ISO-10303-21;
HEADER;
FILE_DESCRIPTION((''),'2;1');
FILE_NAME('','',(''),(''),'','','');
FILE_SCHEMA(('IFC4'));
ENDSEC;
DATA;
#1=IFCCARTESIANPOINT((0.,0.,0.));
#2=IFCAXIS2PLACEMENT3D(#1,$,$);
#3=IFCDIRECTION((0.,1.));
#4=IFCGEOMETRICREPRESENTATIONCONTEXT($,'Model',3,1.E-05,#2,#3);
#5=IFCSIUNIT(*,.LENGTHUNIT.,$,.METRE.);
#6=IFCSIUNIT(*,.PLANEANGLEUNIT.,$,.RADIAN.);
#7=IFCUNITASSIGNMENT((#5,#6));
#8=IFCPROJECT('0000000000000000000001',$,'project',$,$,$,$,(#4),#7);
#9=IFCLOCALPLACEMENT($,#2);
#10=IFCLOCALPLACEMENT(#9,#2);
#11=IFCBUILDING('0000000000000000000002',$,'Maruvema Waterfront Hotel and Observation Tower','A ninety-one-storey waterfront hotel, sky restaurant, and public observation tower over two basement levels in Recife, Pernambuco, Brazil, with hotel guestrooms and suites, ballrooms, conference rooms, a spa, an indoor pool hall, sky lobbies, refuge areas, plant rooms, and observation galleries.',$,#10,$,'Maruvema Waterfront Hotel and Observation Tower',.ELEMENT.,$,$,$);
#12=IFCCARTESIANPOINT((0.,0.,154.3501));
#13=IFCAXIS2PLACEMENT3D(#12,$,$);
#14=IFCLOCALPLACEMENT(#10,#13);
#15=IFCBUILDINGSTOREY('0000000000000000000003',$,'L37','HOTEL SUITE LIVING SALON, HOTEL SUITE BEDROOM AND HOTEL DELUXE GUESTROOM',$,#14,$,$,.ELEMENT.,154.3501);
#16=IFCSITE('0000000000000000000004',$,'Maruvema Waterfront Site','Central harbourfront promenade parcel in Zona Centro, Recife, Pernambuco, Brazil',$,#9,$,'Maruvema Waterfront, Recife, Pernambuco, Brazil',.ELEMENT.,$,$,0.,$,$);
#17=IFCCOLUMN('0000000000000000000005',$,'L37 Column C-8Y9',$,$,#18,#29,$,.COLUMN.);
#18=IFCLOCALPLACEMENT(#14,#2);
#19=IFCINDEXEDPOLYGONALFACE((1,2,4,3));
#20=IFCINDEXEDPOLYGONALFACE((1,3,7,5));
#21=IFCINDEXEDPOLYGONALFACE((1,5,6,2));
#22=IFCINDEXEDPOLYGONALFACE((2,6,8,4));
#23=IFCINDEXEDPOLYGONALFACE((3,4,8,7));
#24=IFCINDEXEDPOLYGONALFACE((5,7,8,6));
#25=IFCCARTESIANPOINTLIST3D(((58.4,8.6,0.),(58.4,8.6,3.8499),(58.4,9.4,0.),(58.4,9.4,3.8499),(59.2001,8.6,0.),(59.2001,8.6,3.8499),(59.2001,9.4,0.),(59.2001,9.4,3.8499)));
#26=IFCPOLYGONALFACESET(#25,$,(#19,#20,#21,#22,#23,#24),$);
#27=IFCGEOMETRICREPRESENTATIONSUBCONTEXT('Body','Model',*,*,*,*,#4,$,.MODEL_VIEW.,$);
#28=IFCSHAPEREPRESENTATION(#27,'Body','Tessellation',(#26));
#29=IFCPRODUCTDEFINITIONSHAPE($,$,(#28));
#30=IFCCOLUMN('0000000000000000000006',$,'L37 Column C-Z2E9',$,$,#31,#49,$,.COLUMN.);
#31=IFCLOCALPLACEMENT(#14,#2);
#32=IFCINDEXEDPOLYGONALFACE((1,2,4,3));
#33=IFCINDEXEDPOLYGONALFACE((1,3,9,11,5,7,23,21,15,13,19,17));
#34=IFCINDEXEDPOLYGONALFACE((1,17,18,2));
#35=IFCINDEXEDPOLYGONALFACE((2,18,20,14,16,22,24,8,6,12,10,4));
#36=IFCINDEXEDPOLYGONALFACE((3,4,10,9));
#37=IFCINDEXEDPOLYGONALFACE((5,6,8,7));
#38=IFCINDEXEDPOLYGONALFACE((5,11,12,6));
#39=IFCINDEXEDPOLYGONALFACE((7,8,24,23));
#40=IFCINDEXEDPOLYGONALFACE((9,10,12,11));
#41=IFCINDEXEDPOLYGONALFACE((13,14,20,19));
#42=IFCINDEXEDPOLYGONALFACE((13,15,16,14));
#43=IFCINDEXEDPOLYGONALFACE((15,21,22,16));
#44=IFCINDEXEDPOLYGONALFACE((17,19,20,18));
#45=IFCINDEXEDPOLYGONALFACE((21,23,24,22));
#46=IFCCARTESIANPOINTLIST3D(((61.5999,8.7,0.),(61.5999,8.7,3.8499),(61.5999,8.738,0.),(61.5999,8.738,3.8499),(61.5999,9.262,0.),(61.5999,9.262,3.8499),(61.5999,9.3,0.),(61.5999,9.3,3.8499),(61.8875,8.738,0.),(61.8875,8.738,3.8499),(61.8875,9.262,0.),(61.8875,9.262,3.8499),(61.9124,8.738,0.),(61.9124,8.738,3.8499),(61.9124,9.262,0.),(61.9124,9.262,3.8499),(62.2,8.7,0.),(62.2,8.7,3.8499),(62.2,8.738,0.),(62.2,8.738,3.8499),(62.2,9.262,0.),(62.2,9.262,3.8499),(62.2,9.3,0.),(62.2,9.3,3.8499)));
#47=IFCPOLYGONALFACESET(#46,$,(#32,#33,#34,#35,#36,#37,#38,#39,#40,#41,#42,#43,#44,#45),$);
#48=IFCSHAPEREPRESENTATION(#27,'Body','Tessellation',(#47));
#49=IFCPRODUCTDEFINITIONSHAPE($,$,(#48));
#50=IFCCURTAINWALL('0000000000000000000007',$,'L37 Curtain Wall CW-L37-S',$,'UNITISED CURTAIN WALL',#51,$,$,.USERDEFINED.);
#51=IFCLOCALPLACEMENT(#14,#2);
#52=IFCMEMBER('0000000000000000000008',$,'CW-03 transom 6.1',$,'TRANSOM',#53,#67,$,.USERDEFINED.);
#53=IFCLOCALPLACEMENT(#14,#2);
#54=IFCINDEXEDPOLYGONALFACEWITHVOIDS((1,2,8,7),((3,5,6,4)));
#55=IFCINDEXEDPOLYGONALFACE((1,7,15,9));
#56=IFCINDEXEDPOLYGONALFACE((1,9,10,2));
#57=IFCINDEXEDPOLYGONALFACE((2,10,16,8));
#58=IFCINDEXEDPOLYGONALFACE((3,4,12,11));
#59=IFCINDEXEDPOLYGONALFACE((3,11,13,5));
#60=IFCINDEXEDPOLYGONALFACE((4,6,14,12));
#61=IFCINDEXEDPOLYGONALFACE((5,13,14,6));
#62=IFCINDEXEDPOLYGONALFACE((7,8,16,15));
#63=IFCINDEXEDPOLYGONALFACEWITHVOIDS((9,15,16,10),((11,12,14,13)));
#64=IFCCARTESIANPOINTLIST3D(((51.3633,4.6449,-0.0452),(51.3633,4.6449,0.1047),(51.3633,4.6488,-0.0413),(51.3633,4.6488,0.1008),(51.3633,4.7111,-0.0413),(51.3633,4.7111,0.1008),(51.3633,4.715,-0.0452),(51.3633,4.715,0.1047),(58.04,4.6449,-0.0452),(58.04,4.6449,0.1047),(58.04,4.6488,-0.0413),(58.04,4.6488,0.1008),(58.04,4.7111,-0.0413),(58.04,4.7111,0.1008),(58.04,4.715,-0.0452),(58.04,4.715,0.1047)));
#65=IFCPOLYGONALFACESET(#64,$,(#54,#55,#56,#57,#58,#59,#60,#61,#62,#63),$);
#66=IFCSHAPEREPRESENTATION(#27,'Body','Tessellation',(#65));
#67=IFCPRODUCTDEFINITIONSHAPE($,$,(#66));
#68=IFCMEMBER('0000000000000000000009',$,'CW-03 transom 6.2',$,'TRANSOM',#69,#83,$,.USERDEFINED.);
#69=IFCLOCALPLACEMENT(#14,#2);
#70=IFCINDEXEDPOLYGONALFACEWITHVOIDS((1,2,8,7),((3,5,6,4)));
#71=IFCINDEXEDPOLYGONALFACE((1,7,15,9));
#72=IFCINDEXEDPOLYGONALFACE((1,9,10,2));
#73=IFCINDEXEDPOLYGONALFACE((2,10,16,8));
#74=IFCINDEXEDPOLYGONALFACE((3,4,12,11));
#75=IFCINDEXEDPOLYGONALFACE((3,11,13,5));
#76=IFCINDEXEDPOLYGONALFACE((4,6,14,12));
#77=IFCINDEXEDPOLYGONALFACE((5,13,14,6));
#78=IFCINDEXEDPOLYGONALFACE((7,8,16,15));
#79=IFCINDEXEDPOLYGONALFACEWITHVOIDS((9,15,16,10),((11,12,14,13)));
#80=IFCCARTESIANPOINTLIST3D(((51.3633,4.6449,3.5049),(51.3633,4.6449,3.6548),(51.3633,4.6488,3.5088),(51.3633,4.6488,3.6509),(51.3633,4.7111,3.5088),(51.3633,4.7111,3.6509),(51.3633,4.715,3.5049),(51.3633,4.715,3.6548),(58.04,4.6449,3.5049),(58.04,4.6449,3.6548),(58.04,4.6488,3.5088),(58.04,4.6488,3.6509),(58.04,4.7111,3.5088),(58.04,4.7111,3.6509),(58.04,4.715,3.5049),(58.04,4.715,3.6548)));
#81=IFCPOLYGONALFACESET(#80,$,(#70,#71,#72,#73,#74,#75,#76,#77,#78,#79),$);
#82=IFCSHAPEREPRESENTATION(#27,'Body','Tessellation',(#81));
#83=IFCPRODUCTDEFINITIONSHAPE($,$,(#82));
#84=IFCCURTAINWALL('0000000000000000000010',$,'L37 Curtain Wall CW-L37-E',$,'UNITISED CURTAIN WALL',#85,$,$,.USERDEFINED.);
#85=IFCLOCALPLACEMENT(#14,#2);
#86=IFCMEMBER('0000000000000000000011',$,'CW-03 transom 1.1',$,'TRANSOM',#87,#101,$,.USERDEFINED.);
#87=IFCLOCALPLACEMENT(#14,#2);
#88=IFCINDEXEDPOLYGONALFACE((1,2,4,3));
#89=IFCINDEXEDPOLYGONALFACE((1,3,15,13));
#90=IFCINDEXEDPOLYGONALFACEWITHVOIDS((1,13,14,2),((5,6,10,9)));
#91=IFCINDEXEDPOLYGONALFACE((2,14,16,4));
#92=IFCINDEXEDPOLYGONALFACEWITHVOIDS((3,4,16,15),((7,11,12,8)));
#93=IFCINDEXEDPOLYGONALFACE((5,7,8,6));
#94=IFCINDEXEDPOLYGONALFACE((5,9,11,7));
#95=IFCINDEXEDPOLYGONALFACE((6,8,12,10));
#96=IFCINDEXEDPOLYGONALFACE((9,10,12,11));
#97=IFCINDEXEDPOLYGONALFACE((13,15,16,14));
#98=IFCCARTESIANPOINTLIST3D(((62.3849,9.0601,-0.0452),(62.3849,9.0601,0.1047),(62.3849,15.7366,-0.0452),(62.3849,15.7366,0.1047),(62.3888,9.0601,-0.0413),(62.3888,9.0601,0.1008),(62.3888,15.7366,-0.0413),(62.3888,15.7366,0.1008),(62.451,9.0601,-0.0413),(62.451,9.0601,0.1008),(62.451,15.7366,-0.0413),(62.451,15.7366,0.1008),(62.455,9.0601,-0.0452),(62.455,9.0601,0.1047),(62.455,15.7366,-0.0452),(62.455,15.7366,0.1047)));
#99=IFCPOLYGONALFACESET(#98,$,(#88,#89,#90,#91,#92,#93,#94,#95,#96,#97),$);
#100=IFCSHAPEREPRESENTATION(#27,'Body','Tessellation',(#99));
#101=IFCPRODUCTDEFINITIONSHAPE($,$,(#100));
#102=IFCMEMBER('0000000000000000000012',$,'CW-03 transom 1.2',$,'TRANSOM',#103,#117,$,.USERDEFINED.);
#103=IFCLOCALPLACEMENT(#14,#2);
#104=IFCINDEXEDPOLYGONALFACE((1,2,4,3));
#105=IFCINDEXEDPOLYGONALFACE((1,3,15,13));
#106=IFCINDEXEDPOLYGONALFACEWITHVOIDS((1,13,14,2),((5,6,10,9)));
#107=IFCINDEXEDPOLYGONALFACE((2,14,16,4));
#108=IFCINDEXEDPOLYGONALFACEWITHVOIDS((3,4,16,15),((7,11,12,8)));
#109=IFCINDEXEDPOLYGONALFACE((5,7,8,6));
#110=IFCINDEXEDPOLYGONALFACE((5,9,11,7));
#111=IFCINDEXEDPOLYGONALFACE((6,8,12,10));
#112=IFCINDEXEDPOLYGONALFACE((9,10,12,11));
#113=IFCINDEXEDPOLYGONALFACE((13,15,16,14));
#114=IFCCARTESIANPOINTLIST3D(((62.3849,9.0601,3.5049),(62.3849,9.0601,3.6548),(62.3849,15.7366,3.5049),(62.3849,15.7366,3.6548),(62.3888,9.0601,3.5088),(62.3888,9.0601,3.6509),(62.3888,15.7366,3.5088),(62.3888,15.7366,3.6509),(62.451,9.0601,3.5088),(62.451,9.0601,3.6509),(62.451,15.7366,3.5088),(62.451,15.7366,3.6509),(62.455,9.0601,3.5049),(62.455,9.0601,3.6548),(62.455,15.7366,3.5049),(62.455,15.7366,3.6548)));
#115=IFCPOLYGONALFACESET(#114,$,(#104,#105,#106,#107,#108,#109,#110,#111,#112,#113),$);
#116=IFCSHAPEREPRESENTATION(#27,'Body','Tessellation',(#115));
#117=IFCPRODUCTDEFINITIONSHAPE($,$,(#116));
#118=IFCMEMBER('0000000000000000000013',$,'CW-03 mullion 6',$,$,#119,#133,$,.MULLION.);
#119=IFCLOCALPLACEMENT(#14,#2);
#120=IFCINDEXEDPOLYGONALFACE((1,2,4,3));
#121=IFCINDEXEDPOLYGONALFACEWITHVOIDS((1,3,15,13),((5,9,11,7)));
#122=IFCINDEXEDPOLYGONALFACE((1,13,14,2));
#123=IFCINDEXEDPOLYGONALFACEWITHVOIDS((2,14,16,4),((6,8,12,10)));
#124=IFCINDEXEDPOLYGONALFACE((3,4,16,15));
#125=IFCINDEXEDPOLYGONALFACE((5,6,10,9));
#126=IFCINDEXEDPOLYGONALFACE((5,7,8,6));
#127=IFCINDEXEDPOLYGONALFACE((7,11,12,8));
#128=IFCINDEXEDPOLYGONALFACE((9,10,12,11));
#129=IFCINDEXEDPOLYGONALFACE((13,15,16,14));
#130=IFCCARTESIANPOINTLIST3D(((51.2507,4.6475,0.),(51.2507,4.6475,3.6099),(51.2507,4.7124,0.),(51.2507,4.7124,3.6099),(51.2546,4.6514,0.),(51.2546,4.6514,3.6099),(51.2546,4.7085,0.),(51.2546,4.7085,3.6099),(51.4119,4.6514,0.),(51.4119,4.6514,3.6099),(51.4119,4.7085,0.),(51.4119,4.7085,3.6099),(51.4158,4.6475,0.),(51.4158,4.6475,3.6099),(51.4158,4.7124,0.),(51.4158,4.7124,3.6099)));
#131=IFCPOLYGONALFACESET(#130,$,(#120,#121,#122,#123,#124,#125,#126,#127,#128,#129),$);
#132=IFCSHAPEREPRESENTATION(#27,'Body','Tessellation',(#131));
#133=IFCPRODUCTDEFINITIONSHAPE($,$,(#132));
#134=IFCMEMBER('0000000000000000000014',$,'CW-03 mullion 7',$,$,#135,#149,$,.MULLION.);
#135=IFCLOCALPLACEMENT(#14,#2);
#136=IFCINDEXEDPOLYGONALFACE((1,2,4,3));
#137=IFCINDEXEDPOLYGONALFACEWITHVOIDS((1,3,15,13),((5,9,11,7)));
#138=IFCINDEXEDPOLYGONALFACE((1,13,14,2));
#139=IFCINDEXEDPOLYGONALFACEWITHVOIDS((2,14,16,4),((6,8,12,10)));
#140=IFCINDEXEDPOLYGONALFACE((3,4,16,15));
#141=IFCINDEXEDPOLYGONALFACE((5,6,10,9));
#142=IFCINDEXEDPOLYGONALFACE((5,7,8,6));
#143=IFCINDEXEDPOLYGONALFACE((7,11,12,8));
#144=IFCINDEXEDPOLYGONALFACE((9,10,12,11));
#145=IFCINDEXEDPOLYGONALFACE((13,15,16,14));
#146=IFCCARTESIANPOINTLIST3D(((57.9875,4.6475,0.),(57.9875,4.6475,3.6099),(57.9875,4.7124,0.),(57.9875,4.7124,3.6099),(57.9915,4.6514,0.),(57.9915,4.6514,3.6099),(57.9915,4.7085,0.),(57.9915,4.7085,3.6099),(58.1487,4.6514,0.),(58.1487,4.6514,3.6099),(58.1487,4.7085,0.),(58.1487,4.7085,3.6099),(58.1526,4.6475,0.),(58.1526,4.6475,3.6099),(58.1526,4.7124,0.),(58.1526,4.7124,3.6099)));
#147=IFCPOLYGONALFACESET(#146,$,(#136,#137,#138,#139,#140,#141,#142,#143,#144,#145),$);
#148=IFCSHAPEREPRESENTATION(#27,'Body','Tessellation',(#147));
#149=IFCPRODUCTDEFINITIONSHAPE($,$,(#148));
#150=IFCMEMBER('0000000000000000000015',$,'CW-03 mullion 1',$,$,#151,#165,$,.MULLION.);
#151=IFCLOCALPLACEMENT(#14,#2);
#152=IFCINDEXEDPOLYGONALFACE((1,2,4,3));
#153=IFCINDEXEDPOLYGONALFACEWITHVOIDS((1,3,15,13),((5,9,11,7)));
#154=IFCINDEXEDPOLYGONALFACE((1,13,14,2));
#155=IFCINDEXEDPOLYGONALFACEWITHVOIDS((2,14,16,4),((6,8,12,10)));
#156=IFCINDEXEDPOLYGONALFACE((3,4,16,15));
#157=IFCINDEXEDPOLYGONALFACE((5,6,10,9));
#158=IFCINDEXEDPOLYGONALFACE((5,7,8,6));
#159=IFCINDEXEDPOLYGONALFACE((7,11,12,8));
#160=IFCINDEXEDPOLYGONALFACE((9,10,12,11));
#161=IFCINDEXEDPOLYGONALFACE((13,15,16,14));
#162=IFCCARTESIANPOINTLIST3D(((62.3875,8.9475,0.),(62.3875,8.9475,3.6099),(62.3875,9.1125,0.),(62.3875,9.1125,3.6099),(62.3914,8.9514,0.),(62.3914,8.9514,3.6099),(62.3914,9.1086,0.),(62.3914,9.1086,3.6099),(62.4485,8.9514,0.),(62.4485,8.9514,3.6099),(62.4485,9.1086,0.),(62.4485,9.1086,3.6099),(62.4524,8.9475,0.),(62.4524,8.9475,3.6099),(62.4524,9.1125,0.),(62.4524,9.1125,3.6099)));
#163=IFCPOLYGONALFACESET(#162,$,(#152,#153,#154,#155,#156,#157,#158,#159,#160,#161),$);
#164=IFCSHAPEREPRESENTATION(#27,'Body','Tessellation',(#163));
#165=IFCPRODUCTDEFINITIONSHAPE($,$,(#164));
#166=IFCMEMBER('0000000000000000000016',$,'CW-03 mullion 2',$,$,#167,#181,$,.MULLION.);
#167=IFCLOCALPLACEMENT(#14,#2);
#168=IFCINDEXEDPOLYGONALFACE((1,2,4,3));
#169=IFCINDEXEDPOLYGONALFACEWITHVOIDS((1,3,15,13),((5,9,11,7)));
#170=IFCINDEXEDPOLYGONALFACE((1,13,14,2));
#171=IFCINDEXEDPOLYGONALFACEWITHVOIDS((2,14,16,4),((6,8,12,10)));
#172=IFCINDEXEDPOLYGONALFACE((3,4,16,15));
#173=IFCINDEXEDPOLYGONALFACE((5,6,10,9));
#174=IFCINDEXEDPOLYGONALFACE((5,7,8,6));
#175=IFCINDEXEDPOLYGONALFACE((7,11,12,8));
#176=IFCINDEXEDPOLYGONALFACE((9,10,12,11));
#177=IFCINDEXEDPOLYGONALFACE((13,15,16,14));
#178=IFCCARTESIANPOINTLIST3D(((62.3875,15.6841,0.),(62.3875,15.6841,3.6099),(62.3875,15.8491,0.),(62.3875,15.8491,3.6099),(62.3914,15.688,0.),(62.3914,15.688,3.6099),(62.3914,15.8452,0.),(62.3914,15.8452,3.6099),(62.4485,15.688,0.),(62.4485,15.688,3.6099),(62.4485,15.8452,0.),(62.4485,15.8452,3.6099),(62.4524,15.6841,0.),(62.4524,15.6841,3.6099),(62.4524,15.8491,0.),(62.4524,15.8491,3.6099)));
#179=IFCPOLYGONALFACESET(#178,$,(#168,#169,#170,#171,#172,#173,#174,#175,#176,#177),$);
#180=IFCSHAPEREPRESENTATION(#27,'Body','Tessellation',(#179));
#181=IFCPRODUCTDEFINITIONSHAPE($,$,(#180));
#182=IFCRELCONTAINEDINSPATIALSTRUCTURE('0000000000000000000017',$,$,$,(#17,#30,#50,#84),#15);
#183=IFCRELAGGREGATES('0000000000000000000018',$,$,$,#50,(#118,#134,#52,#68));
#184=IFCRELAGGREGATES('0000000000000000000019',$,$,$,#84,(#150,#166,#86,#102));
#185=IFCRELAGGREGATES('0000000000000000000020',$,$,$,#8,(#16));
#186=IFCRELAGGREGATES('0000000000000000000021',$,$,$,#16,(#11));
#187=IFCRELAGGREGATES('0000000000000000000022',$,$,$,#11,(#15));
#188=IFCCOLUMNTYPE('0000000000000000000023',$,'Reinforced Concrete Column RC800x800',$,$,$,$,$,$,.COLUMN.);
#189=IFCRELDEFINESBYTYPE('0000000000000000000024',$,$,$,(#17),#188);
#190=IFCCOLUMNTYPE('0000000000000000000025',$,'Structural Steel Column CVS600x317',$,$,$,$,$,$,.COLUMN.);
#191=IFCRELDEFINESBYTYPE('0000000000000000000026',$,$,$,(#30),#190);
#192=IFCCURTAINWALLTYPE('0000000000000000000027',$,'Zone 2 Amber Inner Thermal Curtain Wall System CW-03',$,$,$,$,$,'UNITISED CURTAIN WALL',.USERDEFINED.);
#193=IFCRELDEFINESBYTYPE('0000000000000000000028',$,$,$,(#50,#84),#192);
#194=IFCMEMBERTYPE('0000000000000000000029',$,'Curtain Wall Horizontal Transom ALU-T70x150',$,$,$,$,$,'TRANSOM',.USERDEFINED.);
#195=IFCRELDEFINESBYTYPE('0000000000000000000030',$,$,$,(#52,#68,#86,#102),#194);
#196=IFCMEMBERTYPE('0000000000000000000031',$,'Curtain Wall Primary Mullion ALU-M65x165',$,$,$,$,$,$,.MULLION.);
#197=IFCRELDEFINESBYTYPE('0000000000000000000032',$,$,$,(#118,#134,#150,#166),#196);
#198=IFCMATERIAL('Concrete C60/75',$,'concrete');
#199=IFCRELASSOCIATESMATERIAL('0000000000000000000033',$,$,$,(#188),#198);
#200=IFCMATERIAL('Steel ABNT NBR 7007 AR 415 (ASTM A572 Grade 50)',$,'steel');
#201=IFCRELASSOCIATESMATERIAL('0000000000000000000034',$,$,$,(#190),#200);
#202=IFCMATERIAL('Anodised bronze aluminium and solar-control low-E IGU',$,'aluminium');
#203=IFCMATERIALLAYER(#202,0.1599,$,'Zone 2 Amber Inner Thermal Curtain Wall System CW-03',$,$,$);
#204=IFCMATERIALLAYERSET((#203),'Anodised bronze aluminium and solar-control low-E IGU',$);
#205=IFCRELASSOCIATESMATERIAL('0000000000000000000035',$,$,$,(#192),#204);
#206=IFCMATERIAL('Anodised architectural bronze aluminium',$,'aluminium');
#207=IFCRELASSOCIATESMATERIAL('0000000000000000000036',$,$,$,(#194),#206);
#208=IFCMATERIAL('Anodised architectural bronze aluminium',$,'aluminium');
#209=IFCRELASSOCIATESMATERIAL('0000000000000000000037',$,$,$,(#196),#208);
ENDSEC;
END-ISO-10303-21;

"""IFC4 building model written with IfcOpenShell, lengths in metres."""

from ifc_helpers import new_model, si_unit, direction, frame, origin, origin_2d, place, context, subcontext, project, spatial, rectangle, hollow_rectangle, i_section, extrude, material, layer, layer_set, material_profile, profile_set, type_object, element, aggregate, save


model = new_model("IFC4")

# Units and contexts
model_context = context("Model", 3, precision=1e-05, world=origin(), true_north=direction((0.0, 1.0)))
body_context = subcontext(model_context, "Body", "Model", "MODEL_VIEW")
ifc_project = project(units=[si_unit("LENGTHUNIT", "METRE"), si_unit("PLANEANGLEUNIT", "RADIAN")], contexts=[model_context])

# Site, building, storey
site_placement = place(None, origin())
site = spatial("IfcSite", under=ifc_project, at=site_placement, Name="Maruvema Waterfront Site", Description="Central harbourfront promenade parcel in Zona Centro, Recife, Pernambuco, Brazil", LongName="Maruvema Waterfront, Recife, Pernambuco, Brazil", CompositionType="ELEMENT", RefElevation=0.0)
building_placement = place(site_placement, origin())
building = spatial("IfcBuilding", under=site, at=building_placement, Name="Maruvema Waterfront Hotel and Observation Tower", Description="A ninety-one-storey waterfront hotel, sky restaurant, and public observation tower over two basement levels in Recife, Pernambuco, Brazil, with hotel guestrooms and suites, ballrooms, conference rooms, a spa, an indoor pool hall, sky lobbies, refuge areas, plant rooms, and observation galleries.", LongName="Maruvema Waterfront Hotel and Observation Tower", CompositionType="ELEMENT")
storey_placement = place(building_placement, frame((0.0, 0.0, 154.3501)))
storey = spatial("IfcBuildingStorey", under=building, at=storey_placement, Name="L37", Description="HOTEL SUITE LIVING SALON, HOTEL SUITE BEDROOM AND HOTEL DELUXE GUESTROOM", CompositionType="ELEMENT", Elevation=154.3501)

# Columns
ifc_material_1 = material(Name="Concrete C60/75", Category="concrete")
ifc_material_profile_1 = material_profile(ifc_material_1, rectangle(XDim=0.8, YDim=0.8, at=origin_2d()), Name="RC800x800")
ifc_profile_set_1 = profile_set([ifc_material_profile_1], Name="Concrete C60/75")
column_type_1 = type_object("IfcColumnType", Name="Reinforced Concrete Column RC800x800", PredefinedType="COLUMN", material=ifc_profile_set_1)
column_1_placement = place(storey_placement, frame((58.8, 9.0, 0.0), z_axis=(0.0, 0.0, 1.0), x_axis=(1.0, 0.0, 0.0)))
element("IfcColumn", 1, at=column_1_placement, inside=storey, type_object=column_type_1, Name="L37 Column C-8Y9", PredefinedType="COLUMN", context=body_context, shape_type="SweptSolid", body=[
    extrude(rectangle(XDim=0.8, YDim=0.8, at=origin_2d()), origin(), (0.0, 0.0, 1.0), 3.8499),
])
ifc_material_2 = material(Name="Steel ABNT NBR 7007 AR 415 (ASTM A572 Grade 50)", Category="steel")
ifc_material_profile_2 = material_profile(ifc_material_2, i_section(OverallWidth=0.6001, OverallDepth=0.6001, WebThickness=0.0249, FlangeThickness=0.0381, at=origin_2d()), Name="CVS600x317")
ifc_profile_set_2 = profile_set([ifc_material_profile_2], Name="Steel ABNT NBR 7007 AR 415 (ASTM A572 Grade 50)")
column_type_2 = type_object("IfcColumnType", Name="Structural Steel Column CVS600x317", PredefinedType="COLUMN", material=ifc_profile_set_2)
column_2_placement = place(storey_placement, frame((61.8999, 9.0, 0.0), z_axis=(0.0, 0.0, 1.0), x_axis=(1.0, 0.0, 0.0)))
element("IfcColumn", 2, at=column_2_placement, inside=storey, type_object=column_type_2, Name="L37 Column C-Z2E9", PredefinedType="COLUMN", context=body_context, shape_type="SweptSolid", body=[
    extrude(i_section(OverallWidth=0.6001, OverallDepth=0.6001, WebThickness=0.0249, FlangeThickness=0.0381, at=origin_2d()), origin(), (0.0, 0.0, 1.0), 3.8499),
])

# Curtain walls, members
ifc_material_3 = material(Name="Anodised bronze aluminium and solar-control low-E IGU", Category="aluminium")
ifc_layer_1 = layer(ifc_material_3, 0.1599, Name="Zone 2 Amber Inner Thermal Curtain Wall System CW-03")
ifc_layer_set_1 = layer_set([ifc_layer_1], Name="Anodised bronze aluminium and solar-control low-E IGU")
curtain_wall_type = type_object("IfcCurtainWallType", Name="Zone 2 Amber Inner Thermal Curtain Wall System CW-03", ElementType="UNITISED CURTAIN WALL", PredefinedType="USERDEFINED", material=ifc_layer_set_1)
curtain_wall_1_placement = place(storey_placement, origin())
curtain_wall_1 = element("IfcCurtainWall", 3, at=curtain_wall_1_placement, inside=storey, type_object=curtain_wall_type, Name="L37 Curtain Wall CW-L37-S", ObjectType="UNITISED CURTAIN WALL", PredefinedType="USERDEFINED")
ifc_material_4 = material(Name="Anodised architectural bronze aluminium", Category="aluminium")
ifc_material_profile_3 = material_profile(ifc_material_4, hollow_rectangle(XDim=0.0701, YDim=0.1499, WallThickness=0.0039, at=origin_2d()), Name="ALU-T70x150")
ifc_profile_set_3 = profile_set([ifc_material_profile_3], Name="Anodised architectural bronze aluminium")
member_type_1 = type_object("IfcMemberType", Name="Curtain Wall Horizontal Transom ALU-T70x150", ElementType="TRANSOM", PredefinedType="USERDEFINED", material=ifc_profile_set_3)
member_1_placement = place(storey_placement, frame((51.3633, 4.6799, 0.0298), z_axis=(1.0, 0.0, 0.0), x_axis=(0.0, 1.0, 0.0)))
member_1 = element("IfcMember", 4, at=member_1_placement, type_object=member_type_1, Name="CW-03 transom 6.1", ObjectType="TRANSOM", PredefinedType="USERDEFINED", context=body_context, shape_type="SweptSolid", body=[
    extrude(hollow_rectangle(XDim=0.0701, YDim=0.1499, WallThickness=0.0039, at=origin_2d()), origin(), (0.0, 0.0, 1.0), 6.6768),
])
member_2_placement = place(storey_placement, frame((51.3633, 4.6799, 3.5798), z_axis=(1.0, 0.0, 0.0), x_axis=(0.0, 1.0, 0.0)))
member_2 = element("IfcMember", 5, at=member_2_placement, type_object=member_type_1, Name="CW-03 transom 6.2", ObjectType="TRANSOM", PredefinedType="USERDEFINED", context=body_context, shape_type="SweptSolid", body=[
    extrude(hollow_rectangle(XDim=0.0701, YDim=0.1499, WallThickness=0.0039, at=origin_2d()), origin(), (0.0, 0.0, 1.0), 6.6768),
])
curtain_wall_2_placement = place(storey_placement, origin())
curtain_wall_2 = element("IfcCurtainWall", 6, at=curtain_wall_2_placement, inside=storey, type_object=curtain_wall_type, Name="L37 Curtain Wall CW-L37-E", ObjectType="UNITISED CURTAIN WALL", PredefinedType="USERDEFINED")
member_3_placement = place(storey_placement, frame((62.4199, 9.0601, 0.0298), z_axis=(0.0, 1.0, 0.0), x_axis=(-1.0, 0.0, 0.0)))
member_3 = element("IfcMember", 7, at=member_3_placement, type_object=member_type_1, Name="CW-03 transom 1.1", ObjectType="TRANSOM", PredefinedType="USERDEFINED", context=body_context, shape_type="SweptSolid", body=[
    extrude(hollow_rectangle(XDim=0.0701, YDim=0.1499, WallThickness=0.0039, at=origin_2d()), origin(), (0.0, 0.0, 1.0), 6.6765),
])
member_4_placement = place(storey_placement, frame((62.4199, 9.0601, 3.5798), z_axis=(0.0, 1.0, 0.0), x_axis=(-1.0, 0.0, 0.0)))
member_4 = element("IfcMember", 8, at=member_4_placement, type_object=member_type_1, Name="CW-03 transom 1.2", ObjectType="TRANSOM", PredefinedType="USERDEFINED", context=body_context, shape_type="SweptSolid", body=[
    extrude(hollow_rectangle(XDim=0.0701, YDim=0.1499, WallThickness=0.0039, at=origin_2d()), origin(), (0.0, 0.0, 1.0), 6.6765),
])

# Members
ifc_material_5 = material(Name="Anodised architectural bronze aluminium", Category="aluminium")
ifc_material_profile_4 = material_profile(ifc_material_5, hollow_rectangle(XDim=0.0649, YDim=0.165, WallThickness=0.0039, at=origin_2d()), Name="ALU-M65x165")
ifc_profile_set_4 = profile_set([ifc_material_profile_4], Name="Anodised architectural bronze aluminium")
member_type_2 = type_object("IfcMemberType", Name="Curtain Wall Primary Mullion ALU-M65x165", PredefinedType="MULLION", material=ifc_profile_set_4)
member_5_placement = place(storey_placement, frame((51.3333, 4.6799, 0.0), z_axis=(0.0, 0.0, 1.0), x_axis=(0.0, 1.0, 0.0)))
member_5 = element("IfcMember", 9, at=member_5_placement, type_object=member_type_2, Name="CW-03 mullion 6", PredefinedType="MULLION", context=body_context, shape_type="SweptSolid", body=[
    extrude(hollow_rectangle(XDim=0.0649, YDim=0.165, WallThickness=0.0039, at=origin_2d()), origin(), (0.0, 0.0, 1.0), 3.6099),
])
member_6_placement = place(storey_placement, frame((58.0701, 4.6799, 0.0), z_axis=(0.0, 0.0, 1.0), x_axis=(0.0, 1.0, 0.0)))
member_6 = element("IfcMember", 10, at=member_6_placement, type_object=member_type_2, Name="CW-03 mullion 7", PredefinedType="MULLION", context=body_context, shape_type="SweptSolid", body=[
    extrude(hollow_rectangle(XDim=0.0649, YDim=0.165, WallThickness=0.0039, at=origin_2d()), origin(), (0.0, 0.0, 1.0), 3.6099),
])
member_7_placement = place(storey_placement, frame((62.4199, 9.03, 0.0), z_axis=(0.0, 0.0, 1.0), x_axis=(-1.0, 0.0, 0.0)))
member_7 = element("IfcMember", 11, at=member_7_placement, type_object=member_type_2, Name="CW-03 mullion 1", PredefinedType="MULLION", context=body_context, shape_type="SweptSolid", body=[
    extrude(hollow_rectangle(XDim=0.0649, YDim=0.165, WallThickness=0.0039, at=origin_2d()), origin(), (0.0, 0.0, 1.0), 3.6099),
])
member_8_placement = place(storey_placement, frame((62.4199, 15.7666, 0.0), z_axis=(0.0, 0.0, 1.0), x_axis=(-1.0, 0.0, 0.0)))
member_8 = element("IfcMember", 12, at=member_8_placement, type_object=member_type_2, Name="CW-03 mullion 2", PredefinedType="MULLION", context=body_context, shape_type="SweptSolid", body=[
    extrude(hollow_rectangle(XDim=0.0649, YDim=0.165, WallThickness=0.0039, at=origin_2d()), origin(), (0.0, 0.0, 1.0), 3.6099),
])

aggregate(curtain_wall_1, [member_5, member_6, member_1, member_2])
aggregate(curtain_wall_2, [member_7, member_8, member_3, member_4])

save(model, "model.ifc")
